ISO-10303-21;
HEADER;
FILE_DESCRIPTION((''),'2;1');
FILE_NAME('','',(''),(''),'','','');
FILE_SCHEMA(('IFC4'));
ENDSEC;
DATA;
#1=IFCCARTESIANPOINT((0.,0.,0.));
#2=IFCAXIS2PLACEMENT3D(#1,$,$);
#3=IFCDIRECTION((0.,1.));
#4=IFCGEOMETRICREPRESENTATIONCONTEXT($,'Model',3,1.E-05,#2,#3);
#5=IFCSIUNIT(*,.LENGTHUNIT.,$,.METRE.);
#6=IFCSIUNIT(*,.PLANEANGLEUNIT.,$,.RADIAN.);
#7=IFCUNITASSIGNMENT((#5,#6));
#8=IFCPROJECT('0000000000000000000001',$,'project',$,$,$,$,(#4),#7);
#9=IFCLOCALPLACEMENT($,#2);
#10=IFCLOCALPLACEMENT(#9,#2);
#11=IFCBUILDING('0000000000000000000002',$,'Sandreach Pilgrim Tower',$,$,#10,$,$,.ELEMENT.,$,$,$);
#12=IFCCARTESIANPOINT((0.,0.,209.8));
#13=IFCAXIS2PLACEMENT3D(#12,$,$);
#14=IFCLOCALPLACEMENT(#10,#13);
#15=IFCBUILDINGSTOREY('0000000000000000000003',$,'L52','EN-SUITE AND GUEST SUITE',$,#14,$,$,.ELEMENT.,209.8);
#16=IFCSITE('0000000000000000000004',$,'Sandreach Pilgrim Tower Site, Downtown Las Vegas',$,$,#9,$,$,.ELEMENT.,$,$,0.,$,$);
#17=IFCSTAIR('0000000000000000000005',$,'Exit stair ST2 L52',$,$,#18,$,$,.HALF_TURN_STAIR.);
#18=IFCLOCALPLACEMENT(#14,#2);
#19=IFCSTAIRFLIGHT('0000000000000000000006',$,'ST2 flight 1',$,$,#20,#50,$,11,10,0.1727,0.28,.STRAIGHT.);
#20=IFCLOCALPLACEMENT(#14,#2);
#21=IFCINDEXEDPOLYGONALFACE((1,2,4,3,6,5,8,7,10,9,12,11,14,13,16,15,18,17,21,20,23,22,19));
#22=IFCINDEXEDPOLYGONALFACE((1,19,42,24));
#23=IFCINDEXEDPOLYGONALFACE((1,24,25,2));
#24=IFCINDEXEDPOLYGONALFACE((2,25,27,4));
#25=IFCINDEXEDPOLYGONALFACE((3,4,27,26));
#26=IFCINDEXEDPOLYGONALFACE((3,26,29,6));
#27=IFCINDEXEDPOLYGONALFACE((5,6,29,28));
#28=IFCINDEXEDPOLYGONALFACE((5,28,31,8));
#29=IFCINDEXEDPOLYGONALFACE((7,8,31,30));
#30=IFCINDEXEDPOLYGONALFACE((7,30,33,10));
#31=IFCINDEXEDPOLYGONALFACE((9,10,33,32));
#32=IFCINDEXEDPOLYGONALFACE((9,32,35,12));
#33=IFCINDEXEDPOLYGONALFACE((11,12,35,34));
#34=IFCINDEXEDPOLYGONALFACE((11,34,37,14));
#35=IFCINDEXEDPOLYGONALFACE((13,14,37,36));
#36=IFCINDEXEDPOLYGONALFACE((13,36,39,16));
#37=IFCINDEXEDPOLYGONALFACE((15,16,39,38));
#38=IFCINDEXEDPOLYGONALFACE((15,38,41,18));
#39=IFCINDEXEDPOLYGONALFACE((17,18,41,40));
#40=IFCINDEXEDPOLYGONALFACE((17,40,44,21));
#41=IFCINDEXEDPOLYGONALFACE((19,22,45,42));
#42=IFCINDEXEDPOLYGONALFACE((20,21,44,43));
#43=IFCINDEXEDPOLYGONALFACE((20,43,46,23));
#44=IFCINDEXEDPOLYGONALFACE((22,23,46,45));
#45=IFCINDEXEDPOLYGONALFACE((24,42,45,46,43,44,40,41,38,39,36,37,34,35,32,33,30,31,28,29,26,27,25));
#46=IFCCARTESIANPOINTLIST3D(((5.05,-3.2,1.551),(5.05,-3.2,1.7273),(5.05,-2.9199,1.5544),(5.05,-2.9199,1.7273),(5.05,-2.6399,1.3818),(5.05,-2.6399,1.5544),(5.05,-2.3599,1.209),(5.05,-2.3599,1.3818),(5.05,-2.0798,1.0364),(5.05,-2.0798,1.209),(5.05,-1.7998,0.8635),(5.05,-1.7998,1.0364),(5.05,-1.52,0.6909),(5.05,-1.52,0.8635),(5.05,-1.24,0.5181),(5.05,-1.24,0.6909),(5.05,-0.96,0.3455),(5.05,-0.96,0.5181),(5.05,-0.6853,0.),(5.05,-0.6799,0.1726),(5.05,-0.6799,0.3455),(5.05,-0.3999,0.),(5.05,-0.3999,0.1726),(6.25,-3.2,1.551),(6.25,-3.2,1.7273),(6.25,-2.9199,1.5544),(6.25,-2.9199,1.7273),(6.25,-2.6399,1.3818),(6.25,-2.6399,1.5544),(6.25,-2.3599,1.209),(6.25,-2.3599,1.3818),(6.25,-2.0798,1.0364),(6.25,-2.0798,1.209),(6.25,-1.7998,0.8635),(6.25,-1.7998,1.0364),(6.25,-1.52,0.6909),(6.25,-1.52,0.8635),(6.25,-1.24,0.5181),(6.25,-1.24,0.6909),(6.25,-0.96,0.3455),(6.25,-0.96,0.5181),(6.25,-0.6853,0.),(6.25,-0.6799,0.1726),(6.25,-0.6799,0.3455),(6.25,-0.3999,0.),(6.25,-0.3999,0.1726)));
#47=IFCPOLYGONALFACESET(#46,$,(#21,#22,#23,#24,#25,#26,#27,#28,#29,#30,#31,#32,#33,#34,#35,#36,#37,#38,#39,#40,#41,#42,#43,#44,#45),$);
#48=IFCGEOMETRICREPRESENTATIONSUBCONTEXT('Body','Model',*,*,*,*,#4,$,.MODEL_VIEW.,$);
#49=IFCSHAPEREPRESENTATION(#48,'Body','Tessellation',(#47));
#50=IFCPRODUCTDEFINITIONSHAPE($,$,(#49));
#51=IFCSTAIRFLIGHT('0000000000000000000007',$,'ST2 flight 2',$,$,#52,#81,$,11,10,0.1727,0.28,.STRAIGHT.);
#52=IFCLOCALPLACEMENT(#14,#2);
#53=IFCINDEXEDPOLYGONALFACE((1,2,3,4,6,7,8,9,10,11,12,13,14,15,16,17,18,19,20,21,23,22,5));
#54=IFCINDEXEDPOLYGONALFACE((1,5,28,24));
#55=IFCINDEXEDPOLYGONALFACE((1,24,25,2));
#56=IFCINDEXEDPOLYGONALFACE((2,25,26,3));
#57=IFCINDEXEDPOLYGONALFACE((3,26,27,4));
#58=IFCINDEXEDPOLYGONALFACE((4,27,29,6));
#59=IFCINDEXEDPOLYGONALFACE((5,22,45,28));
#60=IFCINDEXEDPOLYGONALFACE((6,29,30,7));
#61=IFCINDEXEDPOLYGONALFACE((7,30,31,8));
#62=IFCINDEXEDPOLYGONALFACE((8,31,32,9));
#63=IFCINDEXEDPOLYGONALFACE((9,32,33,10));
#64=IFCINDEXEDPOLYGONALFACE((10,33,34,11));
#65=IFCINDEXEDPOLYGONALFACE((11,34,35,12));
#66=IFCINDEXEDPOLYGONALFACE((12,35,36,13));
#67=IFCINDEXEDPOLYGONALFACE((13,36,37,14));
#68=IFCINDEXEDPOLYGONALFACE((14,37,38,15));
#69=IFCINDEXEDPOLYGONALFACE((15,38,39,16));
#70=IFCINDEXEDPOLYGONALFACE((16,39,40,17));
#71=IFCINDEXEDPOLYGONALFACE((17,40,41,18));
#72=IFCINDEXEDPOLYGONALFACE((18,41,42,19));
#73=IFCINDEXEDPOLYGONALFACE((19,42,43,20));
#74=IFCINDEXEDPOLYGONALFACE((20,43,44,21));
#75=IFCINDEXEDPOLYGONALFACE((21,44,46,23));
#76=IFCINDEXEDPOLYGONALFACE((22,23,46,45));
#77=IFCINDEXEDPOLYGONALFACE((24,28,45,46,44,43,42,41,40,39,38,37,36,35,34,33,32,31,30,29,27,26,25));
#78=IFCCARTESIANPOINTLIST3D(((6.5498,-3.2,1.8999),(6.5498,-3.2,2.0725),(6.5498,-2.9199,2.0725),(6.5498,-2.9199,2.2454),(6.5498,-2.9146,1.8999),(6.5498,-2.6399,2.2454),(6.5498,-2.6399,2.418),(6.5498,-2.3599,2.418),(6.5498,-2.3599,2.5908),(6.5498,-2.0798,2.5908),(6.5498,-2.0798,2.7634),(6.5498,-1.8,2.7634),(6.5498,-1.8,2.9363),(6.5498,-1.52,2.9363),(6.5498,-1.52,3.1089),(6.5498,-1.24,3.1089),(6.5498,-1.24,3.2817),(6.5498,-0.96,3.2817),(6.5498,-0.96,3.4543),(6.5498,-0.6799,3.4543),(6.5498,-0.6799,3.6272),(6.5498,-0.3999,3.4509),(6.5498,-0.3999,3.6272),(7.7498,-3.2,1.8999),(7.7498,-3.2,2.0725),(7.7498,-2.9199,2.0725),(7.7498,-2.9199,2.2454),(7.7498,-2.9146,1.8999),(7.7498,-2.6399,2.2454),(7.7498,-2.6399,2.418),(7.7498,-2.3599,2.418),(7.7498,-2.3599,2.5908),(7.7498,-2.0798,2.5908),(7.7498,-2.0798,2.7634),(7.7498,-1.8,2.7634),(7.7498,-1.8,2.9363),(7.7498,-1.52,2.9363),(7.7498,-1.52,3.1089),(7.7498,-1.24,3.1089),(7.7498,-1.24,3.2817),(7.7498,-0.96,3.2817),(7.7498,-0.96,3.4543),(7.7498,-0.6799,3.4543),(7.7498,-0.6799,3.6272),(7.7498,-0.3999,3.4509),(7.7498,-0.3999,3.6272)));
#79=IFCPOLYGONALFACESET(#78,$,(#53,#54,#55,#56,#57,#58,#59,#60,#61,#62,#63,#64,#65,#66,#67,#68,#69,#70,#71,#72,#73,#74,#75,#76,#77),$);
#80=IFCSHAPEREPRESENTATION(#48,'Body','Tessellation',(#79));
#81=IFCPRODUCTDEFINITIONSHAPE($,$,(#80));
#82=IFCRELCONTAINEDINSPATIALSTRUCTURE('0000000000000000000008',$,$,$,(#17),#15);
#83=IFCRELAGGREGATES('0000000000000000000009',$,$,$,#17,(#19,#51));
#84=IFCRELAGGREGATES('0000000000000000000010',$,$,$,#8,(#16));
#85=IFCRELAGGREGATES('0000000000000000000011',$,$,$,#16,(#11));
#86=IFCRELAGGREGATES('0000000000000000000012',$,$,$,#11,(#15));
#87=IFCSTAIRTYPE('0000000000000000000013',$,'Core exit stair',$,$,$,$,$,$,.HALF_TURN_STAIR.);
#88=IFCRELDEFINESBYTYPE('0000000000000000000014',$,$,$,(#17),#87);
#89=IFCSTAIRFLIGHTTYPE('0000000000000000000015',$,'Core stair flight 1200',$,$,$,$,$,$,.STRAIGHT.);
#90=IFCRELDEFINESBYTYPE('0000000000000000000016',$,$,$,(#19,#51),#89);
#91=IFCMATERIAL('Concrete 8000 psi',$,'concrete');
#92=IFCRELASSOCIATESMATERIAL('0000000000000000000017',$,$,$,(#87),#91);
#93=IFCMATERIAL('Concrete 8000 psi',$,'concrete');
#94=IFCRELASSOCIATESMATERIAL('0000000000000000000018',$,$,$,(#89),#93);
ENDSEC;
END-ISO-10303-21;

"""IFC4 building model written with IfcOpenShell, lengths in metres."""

from ifc_helpers import new_model, si_unit, direction, frame, origin, place, context, subcontext, project, spatial, polyline, outline, extrude, material, type_object, element, aggregate, save


model = new_model("IFC4")

# Units and contexts
model_context = context("Model", 3, precision=1e-05, world=origin(), true_north=direction((0.0, 1.0)))
body_context = subcontext(model_context, "Body", "Model", "MODEL_VIEW")
ifc_project = project(units=[si_unit("LENGTHUNIT", "METRE"), si_unit("PLANEANGLEUNIT", "RADIAN")], contexts=[model_context])

# Site, building, storey
site_placement = place(None, origin())
site = spatial("IfcSite", under=ifc_project, at=site_placement, Name="Sandreach Pilgrim Tower Site, Downtown Las Vegas", CompositionType="ELEMENT", RefElevation=0.0)
building_placement = place(site_placement, origin())
building = spatial("IfcBuilding", under=site, at=building_placement, Name="Sandreach Pilgrim Tower", CompositionType="ELEMENT")
storey_placement = place(building_placement, frame((0.0, 0.0, 209.8)))
storey = spatial("IfcBuildingStorey", under=building, at=storey_placement, Name="L52", Description="EN-SUITE AND GUEST SUITE", CompositionType="ELEMENT", Elevation=209.8)

# Shared definitions
ifc_material_1 = material(Name="Concrete 8000 psi", Category="concrete")
stair_type = type_object("IfcStairType", Name="Core exit stair", PredefinedType="HALF_TURN_STAIR", material=ifc_material_1)

# Shared definitions
ifc_material_2 = material(Name="Concrete 8000 psi", Category="concrete")
stair_flight_type = type_object("IfcStairFlightType", Name="Core stair flight 1200", PredefinedType="STRAIGHT", material=ifc_material_2)

# Stair, stair flights
stair_1_placement = place(storey_placement, origin())
stair_1 = element("IfcStair", 1, at=stair_1_placement, inside=storey, type_object=stair_type, Name="Exit stair ST2 L52", PredefinedType="HALF_TURN_STAIR")
stair_flight_1_placement = place(storey_placement, frame((5.6499, -0.3999, 0.0), z_axis=(0.0, 0.0, 1.0), x_axis=(0.0, -1.0, 0.0)))
stair_flight_1 = element("IfcStairFlight", 2, at=stair_flight_1_placement, type_object=stair_flight_type, Name="ST2 flight 1", NumberOfRisers=11, NumberOfTreads=10, PredefinedType="STRAIGHT", RiserHeight=0.1727, TreadLength=0.28, context=body_context, shape_type="SweptSolid", body=[
    extrude(outline(polyline([(0.0, 0.0), (0.0, 0.1726), (0.28, 0.1726), (0.28, 0.3455), (0.5601, 0.3455), (0.5601, 0.5181), (0.8401, 0.5181), (0.8401, 0.6909), (1.1201, 0.6909), (1.1201, 0.8635), (1.3999, 0.8635), (1.3999, 1.0364), (1.6799, 1.0364), (1.6799, 1.209), (1.96, 1.209), (1.96, 1.3818), (2.24, 1.3818), (2.24, 1.5544), (2.52, 1.5544), (2.52, 1.7273), (2.8, 1.7273), (2.8, 1.8999), (2.8, 1.551), (0.2854, 0.0), (0.0, 0.0)])), frame((0.0, 0.6001, 0.0), z_axis=(0.0, -1.0, 0.0), x_axis=(1.0, 0.0, 0.0)), (0.0, 0.0, 1.0), 1.2),
])
stair_flight_2_placement = place(storey_placement, frame((7.1499, -3.2, 1.8999), z_axis=(0.0, 0.0, 1.0), x_axis=(0.0, 1.0, 0.0)))
stair_flight_2 = element("IfcStairFlight", 3, at=stair_flight_2_placement, type_object=stair_flight_type, Name="ST2 flight 2", NumberOfRisers=11, NumberOfTreads=10, PredefinedType="STRAIGHT", RiserHeight=0.1727, TreadLength=0.28, context=body_context, shape_type="SweptSolid", body=[
    extrude(outline(polyline([(0.0, 0.0), (0.0, 0.1726), (0.28, 0.1726), (0.28, 0.3455), (0.5601, 0.3455), (0.5601, 0.5181), (0.8401, 0.5181), (0.8401, 0.6909), (1.1201, 0.6909), (1.1201, 0.8635), (1.3999, 0.8635), (1.3999, 1.0364), (1.6799, 1.0364), (1.6799, 1.209), (1.96, 1.209), (1.96, 1.3818), (2.24, 1.3818), (2.24, 1.5544), (2.52, 1.5544), (2.52, 1.7273), (2.8, 1.7273), (2.8, 1.8999), (2.8, 1.551), (0.2854, 0.0), (0.0, 0.0)])), frame((0.0, 0.6001, 0.0), z_axis=(0.0, -1.0, 0.0), x_axis=(1.0, 0.0, 0.0)), (0.0, 0.0, 1.0), 1.2),
])
aggregate(stair_1, [stair_flight_1, stair_flight_2])

save(model, "model.ifc")
